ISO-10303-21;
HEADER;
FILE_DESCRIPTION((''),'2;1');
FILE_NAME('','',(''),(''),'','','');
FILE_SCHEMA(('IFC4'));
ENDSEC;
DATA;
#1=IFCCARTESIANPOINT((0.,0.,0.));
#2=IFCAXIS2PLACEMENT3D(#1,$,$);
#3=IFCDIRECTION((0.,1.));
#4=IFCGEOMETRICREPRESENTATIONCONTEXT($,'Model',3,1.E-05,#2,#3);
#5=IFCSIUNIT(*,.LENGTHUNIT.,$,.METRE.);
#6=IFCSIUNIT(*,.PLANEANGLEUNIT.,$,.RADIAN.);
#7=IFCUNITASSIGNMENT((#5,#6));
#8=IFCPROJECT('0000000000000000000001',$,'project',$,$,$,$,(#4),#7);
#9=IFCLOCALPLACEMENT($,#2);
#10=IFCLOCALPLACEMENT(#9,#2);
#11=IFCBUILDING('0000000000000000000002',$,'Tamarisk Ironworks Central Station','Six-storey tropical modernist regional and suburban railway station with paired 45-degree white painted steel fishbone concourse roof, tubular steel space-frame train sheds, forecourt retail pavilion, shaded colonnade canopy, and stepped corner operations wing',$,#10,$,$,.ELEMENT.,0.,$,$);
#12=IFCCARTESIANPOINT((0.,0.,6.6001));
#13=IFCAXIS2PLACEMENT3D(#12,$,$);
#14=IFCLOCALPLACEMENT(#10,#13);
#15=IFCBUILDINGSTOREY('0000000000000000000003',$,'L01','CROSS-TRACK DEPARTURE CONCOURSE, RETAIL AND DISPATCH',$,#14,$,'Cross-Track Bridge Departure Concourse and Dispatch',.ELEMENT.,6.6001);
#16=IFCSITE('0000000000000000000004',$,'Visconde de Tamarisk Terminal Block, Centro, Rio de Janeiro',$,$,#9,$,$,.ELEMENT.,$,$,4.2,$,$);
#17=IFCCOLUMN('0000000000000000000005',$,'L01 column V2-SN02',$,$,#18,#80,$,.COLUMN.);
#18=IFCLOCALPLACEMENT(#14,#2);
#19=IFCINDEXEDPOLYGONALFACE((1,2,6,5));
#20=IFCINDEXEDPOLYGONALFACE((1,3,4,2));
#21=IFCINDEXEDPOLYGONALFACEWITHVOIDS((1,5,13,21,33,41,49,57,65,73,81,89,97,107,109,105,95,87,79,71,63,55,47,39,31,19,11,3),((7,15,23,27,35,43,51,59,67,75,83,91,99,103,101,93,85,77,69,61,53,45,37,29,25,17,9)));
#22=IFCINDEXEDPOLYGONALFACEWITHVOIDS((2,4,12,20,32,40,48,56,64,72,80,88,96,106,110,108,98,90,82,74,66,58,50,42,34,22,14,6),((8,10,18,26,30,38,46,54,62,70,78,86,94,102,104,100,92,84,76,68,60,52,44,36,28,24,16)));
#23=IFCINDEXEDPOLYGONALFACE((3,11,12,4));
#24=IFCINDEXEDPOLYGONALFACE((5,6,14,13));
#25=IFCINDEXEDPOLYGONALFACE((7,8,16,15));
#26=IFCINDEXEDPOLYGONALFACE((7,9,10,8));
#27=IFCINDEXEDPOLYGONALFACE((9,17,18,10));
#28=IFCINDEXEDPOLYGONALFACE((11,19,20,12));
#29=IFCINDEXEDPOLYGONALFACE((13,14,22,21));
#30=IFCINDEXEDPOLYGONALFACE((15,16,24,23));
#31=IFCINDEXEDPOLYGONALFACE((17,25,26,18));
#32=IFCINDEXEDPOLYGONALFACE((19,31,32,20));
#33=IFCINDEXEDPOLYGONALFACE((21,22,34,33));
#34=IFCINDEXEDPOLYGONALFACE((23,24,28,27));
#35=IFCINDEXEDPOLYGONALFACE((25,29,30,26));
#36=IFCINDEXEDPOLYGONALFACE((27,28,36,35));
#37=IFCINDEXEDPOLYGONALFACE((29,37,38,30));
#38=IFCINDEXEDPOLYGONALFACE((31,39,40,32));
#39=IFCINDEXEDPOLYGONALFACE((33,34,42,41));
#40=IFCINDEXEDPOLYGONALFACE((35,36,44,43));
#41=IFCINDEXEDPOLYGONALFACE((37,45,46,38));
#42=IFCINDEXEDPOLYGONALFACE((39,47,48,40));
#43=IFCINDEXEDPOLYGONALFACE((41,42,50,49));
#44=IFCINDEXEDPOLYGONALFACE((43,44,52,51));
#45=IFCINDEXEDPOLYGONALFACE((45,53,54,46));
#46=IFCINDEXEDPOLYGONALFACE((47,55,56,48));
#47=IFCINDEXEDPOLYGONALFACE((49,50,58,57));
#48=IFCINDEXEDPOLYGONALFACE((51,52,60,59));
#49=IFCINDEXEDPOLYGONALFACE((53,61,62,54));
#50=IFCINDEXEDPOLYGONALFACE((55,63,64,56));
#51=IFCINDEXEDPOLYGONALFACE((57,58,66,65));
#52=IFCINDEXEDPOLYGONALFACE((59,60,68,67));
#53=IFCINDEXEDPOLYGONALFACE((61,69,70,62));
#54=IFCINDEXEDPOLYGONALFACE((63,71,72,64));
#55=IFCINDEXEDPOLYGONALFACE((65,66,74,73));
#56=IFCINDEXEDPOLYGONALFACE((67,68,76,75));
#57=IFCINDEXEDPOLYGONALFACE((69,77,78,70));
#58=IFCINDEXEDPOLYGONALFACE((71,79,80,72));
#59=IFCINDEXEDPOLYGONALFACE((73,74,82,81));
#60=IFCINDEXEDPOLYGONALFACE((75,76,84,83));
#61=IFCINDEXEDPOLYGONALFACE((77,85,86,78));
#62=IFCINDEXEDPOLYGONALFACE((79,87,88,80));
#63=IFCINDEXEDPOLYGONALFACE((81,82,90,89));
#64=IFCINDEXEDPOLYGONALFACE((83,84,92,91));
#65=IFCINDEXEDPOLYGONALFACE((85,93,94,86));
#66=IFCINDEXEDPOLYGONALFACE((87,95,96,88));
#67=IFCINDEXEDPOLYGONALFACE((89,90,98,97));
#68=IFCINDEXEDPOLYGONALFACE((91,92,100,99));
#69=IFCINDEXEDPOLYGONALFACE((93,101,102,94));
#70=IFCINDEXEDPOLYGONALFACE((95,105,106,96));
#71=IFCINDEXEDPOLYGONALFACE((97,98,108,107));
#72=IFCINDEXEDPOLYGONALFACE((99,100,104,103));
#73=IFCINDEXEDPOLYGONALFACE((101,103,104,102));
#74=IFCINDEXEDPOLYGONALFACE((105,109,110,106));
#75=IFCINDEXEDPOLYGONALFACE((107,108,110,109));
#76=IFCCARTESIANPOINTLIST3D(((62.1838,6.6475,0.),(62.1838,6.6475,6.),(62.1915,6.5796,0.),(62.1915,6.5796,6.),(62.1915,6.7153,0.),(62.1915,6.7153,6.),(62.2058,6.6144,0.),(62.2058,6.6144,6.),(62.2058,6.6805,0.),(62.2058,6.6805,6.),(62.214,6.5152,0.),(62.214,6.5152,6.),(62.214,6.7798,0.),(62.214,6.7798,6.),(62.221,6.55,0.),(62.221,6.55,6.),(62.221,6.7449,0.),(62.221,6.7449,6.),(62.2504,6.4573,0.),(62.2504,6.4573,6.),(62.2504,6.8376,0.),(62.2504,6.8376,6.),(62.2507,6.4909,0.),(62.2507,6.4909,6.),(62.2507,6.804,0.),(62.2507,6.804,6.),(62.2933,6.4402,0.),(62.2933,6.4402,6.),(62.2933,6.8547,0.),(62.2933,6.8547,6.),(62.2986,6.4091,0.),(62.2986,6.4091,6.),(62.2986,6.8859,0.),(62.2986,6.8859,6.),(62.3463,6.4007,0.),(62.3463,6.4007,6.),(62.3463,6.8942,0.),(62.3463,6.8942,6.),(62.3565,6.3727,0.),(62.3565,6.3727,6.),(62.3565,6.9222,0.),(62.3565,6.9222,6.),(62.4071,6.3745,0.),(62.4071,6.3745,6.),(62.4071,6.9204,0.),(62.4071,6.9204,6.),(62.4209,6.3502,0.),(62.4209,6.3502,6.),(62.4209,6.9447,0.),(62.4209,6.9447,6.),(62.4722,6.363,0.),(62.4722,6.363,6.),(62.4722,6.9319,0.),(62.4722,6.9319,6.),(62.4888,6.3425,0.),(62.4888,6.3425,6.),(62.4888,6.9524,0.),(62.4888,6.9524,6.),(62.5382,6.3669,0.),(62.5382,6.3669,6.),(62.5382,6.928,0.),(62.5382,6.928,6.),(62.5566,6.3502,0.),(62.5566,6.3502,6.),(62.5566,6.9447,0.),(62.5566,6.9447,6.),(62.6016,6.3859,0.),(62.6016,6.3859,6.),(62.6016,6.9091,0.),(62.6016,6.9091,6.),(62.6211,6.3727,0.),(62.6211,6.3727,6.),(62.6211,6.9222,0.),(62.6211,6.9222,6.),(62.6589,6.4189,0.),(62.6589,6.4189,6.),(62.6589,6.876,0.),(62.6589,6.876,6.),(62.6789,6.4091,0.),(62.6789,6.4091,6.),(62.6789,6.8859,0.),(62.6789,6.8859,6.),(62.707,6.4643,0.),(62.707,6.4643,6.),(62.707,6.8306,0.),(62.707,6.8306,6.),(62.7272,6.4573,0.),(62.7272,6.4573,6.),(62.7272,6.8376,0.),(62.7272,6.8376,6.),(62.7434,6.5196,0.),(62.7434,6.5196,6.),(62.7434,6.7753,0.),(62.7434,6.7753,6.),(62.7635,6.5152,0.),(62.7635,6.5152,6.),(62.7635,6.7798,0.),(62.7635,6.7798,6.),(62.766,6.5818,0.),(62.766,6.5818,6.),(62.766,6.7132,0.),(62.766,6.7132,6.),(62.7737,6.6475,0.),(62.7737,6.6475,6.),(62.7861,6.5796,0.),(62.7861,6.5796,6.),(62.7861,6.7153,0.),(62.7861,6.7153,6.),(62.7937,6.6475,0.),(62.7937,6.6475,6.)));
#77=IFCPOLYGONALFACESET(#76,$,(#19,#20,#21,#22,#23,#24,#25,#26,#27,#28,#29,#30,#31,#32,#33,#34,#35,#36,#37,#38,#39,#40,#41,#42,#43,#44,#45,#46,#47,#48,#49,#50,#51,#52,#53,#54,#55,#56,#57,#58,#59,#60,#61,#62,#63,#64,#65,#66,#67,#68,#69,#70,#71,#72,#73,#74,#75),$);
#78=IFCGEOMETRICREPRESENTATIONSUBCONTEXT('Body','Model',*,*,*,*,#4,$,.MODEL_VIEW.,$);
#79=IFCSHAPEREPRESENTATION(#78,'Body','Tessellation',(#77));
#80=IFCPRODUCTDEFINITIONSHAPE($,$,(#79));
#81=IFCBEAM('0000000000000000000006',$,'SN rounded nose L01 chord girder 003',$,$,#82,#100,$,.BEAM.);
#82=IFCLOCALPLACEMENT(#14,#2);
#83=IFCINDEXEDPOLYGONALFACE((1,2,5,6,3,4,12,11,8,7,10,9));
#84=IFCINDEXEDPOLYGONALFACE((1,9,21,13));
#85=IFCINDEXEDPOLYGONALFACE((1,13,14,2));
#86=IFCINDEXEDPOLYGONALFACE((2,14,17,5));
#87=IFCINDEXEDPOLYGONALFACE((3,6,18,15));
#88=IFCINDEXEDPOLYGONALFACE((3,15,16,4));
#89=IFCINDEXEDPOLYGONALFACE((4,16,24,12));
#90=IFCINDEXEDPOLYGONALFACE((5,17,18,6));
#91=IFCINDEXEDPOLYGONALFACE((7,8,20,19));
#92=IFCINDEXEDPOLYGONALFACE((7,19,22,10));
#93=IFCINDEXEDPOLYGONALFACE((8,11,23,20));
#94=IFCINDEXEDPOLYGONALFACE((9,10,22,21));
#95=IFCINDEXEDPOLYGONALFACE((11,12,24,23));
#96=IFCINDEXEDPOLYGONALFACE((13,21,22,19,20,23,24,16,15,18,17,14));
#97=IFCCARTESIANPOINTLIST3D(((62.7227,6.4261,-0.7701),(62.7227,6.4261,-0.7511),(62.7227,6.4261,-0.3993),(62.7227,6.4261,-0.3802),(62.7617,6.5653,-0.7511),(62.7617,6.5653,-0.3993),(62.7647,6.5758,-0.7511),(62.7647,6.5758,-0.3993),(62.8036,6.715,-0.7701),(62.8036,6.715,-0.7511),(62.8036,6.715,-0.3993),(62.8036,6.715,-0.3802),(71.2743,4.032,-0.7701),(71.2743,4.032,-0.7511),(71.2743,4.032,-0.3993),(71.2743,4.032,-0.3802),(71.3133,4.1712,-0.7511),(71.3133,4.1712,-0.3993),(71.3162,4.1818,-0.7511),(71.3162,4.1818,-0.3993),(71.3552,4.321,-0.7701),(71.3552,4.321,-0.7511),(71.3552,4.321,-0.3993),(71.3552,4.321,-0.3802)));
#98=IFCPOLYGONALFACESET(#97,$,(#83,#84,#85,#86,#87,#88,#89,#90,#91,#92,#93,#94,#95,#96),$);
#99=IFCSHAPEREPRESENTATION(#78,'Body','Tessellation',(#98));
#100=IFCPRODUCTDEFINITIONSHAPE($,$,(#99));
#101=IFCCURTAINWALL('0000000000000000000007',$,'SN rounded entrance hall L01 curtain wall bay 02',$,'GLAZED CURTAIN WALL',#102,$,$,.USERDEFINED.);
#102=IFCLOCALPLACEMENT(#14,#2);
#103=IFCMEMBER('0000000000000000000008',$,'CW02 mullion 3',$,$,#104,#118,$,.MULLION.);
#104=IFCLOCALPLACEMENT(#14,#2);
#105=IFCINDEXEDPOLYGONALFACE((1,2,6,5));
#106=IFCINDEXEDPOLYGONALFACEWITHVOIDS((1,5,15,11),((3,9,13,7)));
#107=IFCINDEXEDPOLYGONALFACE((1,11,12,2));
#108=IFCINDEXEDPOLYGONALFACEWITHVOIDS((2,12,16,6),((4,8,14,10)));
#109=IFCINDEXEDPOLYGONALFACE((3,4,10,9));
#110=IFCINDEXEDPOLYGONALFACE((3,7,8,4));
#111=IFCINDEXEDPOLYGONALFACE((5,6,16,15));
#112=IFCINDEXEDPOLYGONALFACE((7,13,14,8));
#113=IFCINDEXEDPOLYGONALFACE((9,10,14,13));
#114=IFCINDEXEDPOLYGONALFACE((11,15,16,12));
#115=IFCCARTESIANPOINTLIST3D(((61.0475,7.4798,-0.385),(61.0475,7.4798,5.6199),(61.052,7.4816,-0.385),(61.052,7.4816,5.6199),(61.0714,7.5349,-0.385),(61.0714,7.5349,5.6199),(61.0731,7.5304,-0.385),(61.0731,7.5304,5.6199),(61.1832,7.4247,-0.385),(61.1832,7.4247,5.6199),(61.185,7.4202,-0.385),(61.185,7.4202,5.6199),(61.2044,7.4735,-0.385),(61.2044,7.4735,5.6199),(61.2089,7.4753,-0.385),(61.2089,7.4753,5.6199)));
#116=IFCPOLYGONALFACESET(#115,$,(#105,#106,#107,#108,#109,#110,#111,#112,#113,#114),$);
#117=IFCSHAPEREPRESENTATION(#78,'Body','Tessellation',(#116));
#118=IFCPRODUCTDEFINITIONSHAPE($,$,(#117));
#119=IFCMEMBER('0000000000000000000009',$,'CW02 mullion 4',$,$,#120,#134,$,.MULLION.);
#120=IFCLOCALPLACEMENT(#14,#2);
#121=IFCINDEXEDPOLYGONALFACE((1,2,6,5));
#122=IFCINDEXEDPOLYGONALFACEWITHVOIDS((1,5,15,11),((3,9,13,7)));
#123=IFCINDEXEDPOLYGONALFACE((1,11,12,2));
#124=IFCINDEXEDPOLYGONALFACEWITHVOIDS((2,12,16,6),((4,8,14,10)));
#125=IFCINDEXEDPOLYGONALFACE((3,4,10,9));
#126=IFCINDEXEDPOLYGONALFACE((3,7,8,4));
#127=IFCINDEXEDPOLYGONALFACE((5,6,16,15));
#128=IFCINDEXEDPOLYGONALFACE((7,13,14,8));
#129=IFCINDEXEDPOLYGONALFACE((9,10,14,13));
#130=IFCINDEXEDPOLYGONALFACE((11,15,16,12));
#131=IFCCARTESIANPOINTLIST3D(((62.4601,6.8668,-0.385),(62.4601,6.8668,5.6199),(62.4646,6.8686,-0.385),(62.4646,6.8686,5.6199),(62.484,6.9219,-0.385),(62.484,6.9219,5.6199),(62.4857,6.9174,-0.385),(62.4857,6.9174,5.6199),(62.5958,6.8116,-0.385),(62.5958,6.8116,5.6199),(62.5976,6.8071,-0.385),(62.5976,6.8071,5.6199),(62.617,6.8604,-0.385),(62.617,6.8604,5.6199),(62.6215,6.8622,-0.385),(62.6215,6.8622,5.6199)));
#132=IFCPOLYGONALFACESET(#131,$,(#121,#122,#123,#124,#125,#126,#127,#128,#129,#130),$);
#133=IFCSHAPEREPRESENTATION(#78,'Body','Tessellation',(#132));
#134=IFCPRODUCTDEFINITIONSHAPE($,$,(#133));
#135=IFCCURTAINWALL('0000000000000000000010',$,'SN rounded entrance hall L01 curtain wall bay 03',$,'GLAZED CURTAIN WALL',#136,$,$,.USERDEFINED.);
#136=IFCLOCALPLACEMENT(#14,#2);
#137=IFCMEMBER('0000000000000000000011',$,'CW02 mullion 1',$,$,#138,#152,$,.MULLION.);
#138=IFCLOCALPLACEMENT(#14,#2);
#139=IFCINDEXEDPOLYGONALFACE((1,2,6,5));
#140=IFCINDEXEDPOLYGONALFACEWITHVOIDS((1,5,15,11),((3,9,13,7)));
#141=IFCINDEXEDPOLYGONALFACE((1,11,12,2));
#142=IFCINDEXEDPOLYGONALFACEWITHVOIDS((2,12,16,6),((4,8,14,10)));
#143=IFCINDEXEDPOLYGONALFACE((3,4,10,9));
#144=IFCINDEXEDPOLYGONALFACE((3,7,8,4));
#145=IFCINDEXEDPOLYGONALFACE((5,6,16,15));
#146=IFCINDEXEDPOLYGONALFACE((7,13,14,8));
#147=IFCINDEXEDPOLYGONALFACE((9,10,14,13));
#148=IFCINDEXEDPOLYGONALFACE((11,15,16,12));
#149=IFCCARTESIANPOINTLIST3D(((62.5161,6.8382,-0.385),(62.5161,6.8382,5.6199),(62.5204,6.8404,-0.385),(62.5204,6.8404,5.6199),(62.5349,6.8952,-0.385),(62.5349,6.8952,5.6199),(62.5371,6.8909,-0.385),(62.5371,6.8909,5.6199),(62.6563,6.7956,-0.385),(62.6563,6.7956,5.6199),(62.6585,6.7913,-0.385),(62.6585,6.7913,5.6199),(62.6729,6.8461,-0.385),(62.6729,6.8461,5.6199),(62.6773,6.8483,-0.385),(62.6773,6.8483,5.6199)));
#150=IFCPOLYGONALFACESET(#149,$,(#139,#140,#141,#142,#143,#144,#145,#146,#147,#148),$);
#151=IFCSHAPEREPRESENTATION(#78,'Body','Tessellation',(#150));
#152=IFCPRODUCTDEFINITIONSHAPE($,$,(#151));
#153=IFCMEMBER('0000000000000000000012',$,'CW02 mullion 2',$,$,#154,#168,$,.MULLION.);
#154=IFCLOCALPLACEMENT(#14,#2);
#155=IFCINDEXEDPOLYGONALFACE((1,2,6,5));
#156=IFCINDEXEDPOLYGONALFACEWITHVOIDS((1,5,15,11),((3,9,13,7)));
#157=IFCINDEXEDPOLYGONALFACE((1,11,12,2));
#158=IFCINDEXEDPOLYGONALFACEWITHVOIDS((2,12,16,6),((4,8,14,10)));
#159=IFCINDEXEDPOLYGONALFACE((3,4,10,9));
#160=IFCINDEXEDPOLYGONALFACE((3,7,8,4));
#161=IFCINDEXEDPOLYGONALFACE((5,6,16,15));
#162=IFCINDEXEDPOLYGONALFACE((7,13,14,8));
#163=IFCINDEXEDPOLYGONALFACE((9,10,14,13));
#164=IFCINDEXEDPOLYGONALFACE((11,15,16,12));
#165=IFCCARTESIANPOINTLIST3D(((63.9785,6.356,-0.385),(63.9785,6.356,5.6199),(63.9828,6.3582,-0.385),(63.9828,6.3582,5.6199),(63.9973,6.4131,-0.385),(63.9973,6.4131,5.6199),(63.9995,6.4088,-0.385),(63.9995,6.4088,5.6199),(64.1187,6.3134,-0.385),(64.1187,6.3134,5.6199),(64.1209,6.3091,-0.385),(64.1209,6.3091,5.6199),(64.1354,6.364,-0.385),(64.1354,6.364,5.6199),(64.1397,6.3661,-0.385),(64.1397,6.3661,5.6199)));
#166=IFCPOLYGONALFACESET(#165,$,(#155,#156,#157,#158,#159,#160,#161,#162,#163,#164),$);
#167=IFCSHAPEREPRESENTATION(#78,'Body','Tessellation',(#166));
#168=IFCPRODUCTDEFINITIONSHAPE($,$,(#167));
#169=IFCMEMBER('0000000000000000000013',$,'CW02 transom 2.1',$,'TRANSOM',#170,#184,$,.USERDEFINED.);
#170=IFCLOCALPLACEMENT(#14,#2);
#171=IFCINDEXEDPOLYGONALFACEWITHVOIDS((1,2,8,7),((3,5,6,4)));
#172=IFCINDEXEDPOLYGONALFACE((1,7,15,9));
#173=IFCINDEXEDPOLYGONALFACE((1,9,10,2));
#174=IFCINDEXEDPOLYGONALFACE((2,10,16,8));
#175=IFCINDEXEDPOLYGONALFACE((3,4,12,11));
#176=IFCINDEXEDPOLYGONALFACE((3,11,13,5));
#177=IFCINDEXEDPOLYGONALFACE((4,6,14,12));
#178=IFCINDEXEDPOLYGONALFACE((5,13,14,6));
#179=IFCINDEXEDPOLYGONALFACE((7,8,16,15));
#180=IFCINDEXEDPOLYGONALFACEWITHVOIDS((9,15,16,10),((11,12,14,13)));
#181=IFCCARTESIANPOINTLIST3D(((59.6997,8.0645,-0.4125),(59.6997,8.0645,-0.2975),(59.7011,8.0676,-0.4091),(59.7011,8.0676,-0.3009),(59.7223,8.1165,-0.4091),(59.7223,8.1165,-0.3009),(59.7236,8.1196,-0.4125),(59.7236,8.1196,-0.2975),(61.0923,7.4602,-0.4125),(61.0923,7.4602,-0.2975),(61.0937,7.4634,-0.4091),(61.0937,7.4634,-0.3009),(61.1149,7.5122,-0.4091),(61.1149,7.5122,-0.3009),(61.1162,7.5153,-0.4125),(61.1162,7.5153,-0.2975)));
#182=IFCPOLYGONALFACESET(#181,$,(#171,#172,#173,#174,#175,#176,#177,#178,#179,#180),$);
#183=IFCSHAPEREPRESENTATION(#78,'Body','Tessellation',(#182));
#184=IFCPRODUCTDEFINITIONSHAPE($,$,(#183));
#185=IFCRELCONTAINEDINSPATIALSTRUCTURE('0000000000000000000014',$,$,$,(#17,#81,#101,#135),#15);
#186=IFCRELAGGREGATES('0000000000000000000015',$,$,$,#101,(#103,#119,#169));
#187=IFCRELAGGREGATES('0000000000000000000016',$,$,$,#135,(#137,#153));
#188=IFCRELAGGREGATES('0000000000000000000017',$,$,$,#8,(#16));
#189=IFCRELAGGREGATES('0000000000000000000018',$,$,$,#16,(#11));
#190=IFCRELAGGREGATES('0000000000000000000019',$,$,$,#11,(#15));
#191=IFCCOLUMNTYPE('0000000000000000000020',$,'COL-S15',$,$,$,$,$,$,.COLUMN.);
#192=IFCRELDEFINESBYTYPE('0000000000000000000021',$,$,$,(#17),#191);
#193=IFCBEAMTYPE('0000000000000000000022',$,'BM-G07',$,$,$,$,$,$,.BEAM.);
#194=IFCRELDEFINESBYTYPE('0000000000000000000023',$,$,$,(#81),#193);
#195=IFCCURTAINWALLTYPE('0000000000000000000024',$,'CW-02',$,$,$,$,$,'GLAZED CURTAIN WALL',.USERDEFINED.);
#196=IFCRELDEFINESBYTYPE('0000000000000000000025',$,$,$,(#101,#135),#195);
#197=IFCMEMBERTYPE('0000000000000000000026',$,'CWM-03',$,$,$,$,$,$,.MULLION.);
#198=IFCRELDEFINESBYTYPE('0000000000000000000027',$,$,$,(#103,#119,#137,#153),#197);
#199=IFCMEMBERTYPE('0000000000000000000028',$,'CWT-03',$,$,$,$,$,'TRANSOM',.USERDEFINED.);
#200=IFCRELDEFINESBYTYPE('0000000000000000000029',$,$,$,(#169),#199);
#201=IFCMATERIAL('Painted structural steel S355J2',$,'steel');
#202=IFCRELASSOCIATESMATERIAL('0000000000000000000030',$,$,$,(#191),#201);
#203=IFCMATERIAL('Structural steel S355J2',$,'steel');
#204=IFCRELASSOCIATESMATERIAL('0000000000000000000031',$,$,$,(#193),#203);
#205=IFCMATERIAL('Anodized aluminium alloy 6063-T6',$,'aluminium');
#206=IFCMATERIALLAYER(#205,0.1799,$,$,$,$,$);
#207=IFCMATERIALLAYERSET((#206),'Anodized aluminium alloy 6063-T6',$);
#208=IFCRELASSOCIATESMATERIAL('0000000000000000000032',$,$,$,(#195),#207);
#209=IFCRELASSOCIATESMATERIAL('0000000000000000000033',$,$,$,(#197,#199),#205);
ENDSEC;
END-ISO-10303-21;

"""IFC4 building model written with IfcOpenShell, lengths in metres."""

from ifc_helpers import new_model, si_unit, direction, frame, origin, origin_2d, place, context, subcontext, project, spatial, hollow_rectangle, hollow_circle, i_section, extrude, material, layer, layer_set, material_profile, profile_set, type_object, element, aggregate, save


model = new_model("IFC4")

# Units and contexts
model_context = context("Model", 3, precision=1e-05, world=origin(), true_north=direction((0.0, 1.0)))
body_context = subcontext(model_context, "Body", "Model", "MODEL_VIEW")
ifc_project = project(units=[si_unit("LENGTHUNIT", "METRE"), si_unit("PLANEANGLEUNIT", "RADIAN")], contexts=[model_context])

# Site, building, storey
site_placement = place(None, origin())
site = spatial("IfcSite", under=ifc_project, at=site_placement, Name="Visconde de Tamarisk Terminal Block, Centro, Rio de Janeiro", CompositionType="ELEMENT", RefElevation=4.2)
building_placement = place(site_placement, origin())
building = spatial("IfcBuilding", under=site, at=building_placement, Name="Tamarisk Ironworks Central Station", Description="Six-storey tropical modernist regional and suburban railway station with paired 45-degree white painted steel fishbone concourse roof, tubular steel space-frame train sheds, forecourt retail pavilion, shaded colonnade canopy, and stepped corner operations wing", CompositionType="ELEMENT", ElevationOfRefHeight=0.0)
storey_placement = place(building_placement, frame((0.0, 0.0, 6.6001)))
storey = spatial("IfcBuildingStorey", under=building, at=storey_placement, Name="L01", Description="CROSS-TRACK DEPARTURE CONCOURSE, RETAIL AND DISPATCH", LongName="Cross-Track Bridge Departure Concourse and Dispatch", CompositionType="ELEMENT", Elevation=6.6001)

# Column
ifc_material_1 = material(Name="Painted structural steel S355J2", Category="steel")
ifc_material_profile_1 = material_profile(ifc_material_1, hollow_circle(Radius=0.3049, WallThickness=0.02, at=origin_2d()), Name="CHS 610x20")
ifc_profile_set_1 = profile_set([ifc_material_profile_1], Name="Painted structural steel S355J2")
column_type = type_object("IfcColumnType", Name="COL-S15", PredefinedType="COLUMN", material=ifc_profile_set_1)
column_placement = place(storey_placement, frame((62.4888, 6.6475, 0.0), z_axis=(0.0, 0.0, 1.0), x_axis=(1.0, 0.0, 0.0)))
element("IfcColumn", 1, at=column_placement, inside=storey, type_object=column_type, Name="L01 column V2-SN02", PredefinedType="COLUMN", context=body_context, shape_type="SweptSolid", body=[
    extrude(hollow_circle(Radius=0.3049, WallThickness=0.02, at=origin_2d()), origin(), (0.0, 0.0, 1.0), 6.0),
])

# Beam
ifc_material_2 = material(Name="Structural steel S355J2", Category="steel")
ifc_material_profile_2 = material_profile(ifc_material_2, i_section(OverallWidth=0.3, OverallDepth=0.3899, WebThickness=0.011, FlangeThickness=0.019, at=origin_2d()), Name="HEA 400")
ifc_profile_set_2 = profile_set([ifc_material_profile_2], Name="Structural steel S355J2")
beam_type = type_object("IfcBeamType", Name="BM-G07", PredefinedType="BEAM", material=ifc_profile_set_2)
beam_placement = place(storey_placement, frame((62.7632, 6.5706, -0.5752), z_axis=(0.962975, -0.26959, 0.0), x_axis=(0.26959, 0.962975, 0.0)))
element("IfcBeam", 2, at=beam_placement, inside=storey, type_object=beam_type, Name="SN rounded nose L01 chord girder 003", PredefinedType="BEAM", context=body_context, shape_type="SweptSolid", body=[
    extrude(i_section(OverallWidth=0.3, OverallDepth=0.3899, WebThickness=0.011, FlangeThickness=0.019, at=origin_2d()), origin(), (0.0, 0.0, 1.0), 8.8804),
])

# Curtain walls, members
ifc_material_3 = material(Name="Anodized aluminium alloy 6063-T6", Category="aluminium")
ifc_layer_1 = layer(ifc_material_3, 0.1799)
ifc_layer_set_1 = layer_set([ifc_layer_1], Name="Anodized aluminium alloy 6063-T6")
curtain_wall_type = type_object("IfcCurtainWallType", Name="CW-02", ElementType="GLAZED CURTAIN WALL", PredefinedType="USERDEFINED", material=ifc_layer_set_1)
curtain_wall_1_placement = place(storey_placement, origin())
curtain_wall_1 = element("IfcCurtainWall", 3, at=curtain_wall_1_placement, inside=storey, type_object=curtain_wall_type, Name="SN rounded entrance hall L01 curtain wall bay 02", ObjectType="GLAZED CURTAIN WALL", PredefinedType="USERDEFINED")
ifc_material_profile_3 = material_profile(ifc_material_3, hollow_rectangle(XDim=0.0601, YDim=0.1499, WallThickness=0.0034, at=origin_2d()), Name="ALUM 150x60")
ifc_profile_set_3 = profile_set([ifc_material_profile_3], Name="Anodized aluminium alloy 6063-T6")
member_type_1 = type_object("IfcMemberType", Name="CWM-03", PredefinedType="MULLION", material=ifc_profile_set_3)
member_1_placement = place(storey_placement, frame((61.1282, 7.4775, -0.385), z_axis=(0.0, 0.0, 1.0), x_axis=(0.398077, 0.917352, 0.0)))
member_1 = element("IfcMember", 4, at=member_1_placement, type_object=member_type_1, Name="CW02 mullion 3", PredefinedType="MULLION", context=body_context, shape_type="SweptSolid", body=[
    extrude(hollow_rectangle(XDim=0.0601, YDim=0.1499, WallThickness=0.0034, at=origin_2d()), origin(), (0.0, 0.0, 1.0), 6.0049),
])
member_2_placement = place(storey_placement, frame((62.5408, 6.8645, -0.385), z_axis=(0.0, 0.0, 1.0), x_axis=(0.398077, 0.917352, 0.0)))
member_2 = element("IfcMember", 5, at=member_2_placement, type_object=member_type_1, Name="CW02 mullion 4", PredefinedType="MULLION", context=body_context, shape_type="SweptSolid", body=[
    extrude(hollow_rectangle(XDim=0.0601, YDim=0.1499, WallThickness=0.0034, at=origin_2d()), origin(), (0.0, 0.0, 1.0), 6.0049),
])
curtain_wall_2_placement = place(storey_placement, origin())
curtain_wall_2 = element("IfcCurtainWall", 6, at=curtain_wall_2_placement, inside=storey, type_object=curtain_wall_type, Name="SN rounded entrance hall L01 curtain wall bay 03", ObjectType="GLAZED CURTAIN WALL", PredefinedType="USERDEFINED")
member_3_placement = place(storey_placement, frame((62.5967, 6.8433, -0.385), z_axis=(0.0, 0.0, 1.0), x_axis=(0.313098, 0.949721, 0.0)))
member_3 = element("IfcMember", 7, at=member_3_placement, type_object=member_type_1, Name="CW02 mullion 1", PredefinedType="MULLION", context=body_context, shape_type="SweptSolid", body=[
    extrude(hollow_rectangle(XDim=0.0601, YDim=0.1499, WallThickness=0.0034, at=origin_2d()), origin(), (0.0, 0.0, 1.0), 6.0049),
])
member_4_placement = place(storey_placement, frame((64.0591, 6.3611, -0.385), z_axis=(0.0, 0.0, 1.0), x_axis=(0.313098, 0.949721, 0.0)))
member_4 = element("IfcMember", 8, at=member_4_placement, type_object=member_type_1, Name="CW02 mullion 2", PredefinedType="MULLION", context=body_context, shape_type="SweptSolid", body=[
    extrude(hollow_rectangle(XDim=0.0601, YDim=0.1499, WallThickness=0.0034, at=origin_2d()), origin(), (0.0, 0.0, 1.0), 6.0049),
])

# Member
ifc_material_profile_4 = material_profile(ifc_material_3, hollow_rectangle(XDim=0.0601, YDim=0.115, WallThickness=0.0034, at=origin_2d()), Name="ALUM 115x60")
ifc_profile_set_4 = profile_set([ifc_material_profile_4], Name="Anodized aluminium alloy 6063-T6")
member_type_2 = type_object("IfcMemberType", Name="CWT-03", ElementType="TRANSOM", PredefinedType="USERDEFINED", material=ifc_profile_set_4)
member_5_placement = place(storey_placement, frame((59.7117, 8.092, -0.355), z_axis=(0.917364, -0.39805, 0.0), x_axis=(0.39805, 0.917364, 0.0)))
member_5 = element("IfcMember", 9, at=member_5_placement, type_object=member_type_2, Name="CW02 transom 2.1", ObjectType="TRANSOM", PredefinedType="USERDEFINED", context=body_context, shape_type="SweptSolid", body=[
    extrude(hollow_rectangle(XDim=0.0601, YDim=0.115, WallThickness=0.0034, at=origin_2d()), origin(), (0.0, 0.0, 1.0), 1.5181),
])

aggregate(curtain_wall_1, [member_1, member_2, member_5])
aggregate(curtain_wall_2, [member_3, member_4])

save(model, "model.ifc")
